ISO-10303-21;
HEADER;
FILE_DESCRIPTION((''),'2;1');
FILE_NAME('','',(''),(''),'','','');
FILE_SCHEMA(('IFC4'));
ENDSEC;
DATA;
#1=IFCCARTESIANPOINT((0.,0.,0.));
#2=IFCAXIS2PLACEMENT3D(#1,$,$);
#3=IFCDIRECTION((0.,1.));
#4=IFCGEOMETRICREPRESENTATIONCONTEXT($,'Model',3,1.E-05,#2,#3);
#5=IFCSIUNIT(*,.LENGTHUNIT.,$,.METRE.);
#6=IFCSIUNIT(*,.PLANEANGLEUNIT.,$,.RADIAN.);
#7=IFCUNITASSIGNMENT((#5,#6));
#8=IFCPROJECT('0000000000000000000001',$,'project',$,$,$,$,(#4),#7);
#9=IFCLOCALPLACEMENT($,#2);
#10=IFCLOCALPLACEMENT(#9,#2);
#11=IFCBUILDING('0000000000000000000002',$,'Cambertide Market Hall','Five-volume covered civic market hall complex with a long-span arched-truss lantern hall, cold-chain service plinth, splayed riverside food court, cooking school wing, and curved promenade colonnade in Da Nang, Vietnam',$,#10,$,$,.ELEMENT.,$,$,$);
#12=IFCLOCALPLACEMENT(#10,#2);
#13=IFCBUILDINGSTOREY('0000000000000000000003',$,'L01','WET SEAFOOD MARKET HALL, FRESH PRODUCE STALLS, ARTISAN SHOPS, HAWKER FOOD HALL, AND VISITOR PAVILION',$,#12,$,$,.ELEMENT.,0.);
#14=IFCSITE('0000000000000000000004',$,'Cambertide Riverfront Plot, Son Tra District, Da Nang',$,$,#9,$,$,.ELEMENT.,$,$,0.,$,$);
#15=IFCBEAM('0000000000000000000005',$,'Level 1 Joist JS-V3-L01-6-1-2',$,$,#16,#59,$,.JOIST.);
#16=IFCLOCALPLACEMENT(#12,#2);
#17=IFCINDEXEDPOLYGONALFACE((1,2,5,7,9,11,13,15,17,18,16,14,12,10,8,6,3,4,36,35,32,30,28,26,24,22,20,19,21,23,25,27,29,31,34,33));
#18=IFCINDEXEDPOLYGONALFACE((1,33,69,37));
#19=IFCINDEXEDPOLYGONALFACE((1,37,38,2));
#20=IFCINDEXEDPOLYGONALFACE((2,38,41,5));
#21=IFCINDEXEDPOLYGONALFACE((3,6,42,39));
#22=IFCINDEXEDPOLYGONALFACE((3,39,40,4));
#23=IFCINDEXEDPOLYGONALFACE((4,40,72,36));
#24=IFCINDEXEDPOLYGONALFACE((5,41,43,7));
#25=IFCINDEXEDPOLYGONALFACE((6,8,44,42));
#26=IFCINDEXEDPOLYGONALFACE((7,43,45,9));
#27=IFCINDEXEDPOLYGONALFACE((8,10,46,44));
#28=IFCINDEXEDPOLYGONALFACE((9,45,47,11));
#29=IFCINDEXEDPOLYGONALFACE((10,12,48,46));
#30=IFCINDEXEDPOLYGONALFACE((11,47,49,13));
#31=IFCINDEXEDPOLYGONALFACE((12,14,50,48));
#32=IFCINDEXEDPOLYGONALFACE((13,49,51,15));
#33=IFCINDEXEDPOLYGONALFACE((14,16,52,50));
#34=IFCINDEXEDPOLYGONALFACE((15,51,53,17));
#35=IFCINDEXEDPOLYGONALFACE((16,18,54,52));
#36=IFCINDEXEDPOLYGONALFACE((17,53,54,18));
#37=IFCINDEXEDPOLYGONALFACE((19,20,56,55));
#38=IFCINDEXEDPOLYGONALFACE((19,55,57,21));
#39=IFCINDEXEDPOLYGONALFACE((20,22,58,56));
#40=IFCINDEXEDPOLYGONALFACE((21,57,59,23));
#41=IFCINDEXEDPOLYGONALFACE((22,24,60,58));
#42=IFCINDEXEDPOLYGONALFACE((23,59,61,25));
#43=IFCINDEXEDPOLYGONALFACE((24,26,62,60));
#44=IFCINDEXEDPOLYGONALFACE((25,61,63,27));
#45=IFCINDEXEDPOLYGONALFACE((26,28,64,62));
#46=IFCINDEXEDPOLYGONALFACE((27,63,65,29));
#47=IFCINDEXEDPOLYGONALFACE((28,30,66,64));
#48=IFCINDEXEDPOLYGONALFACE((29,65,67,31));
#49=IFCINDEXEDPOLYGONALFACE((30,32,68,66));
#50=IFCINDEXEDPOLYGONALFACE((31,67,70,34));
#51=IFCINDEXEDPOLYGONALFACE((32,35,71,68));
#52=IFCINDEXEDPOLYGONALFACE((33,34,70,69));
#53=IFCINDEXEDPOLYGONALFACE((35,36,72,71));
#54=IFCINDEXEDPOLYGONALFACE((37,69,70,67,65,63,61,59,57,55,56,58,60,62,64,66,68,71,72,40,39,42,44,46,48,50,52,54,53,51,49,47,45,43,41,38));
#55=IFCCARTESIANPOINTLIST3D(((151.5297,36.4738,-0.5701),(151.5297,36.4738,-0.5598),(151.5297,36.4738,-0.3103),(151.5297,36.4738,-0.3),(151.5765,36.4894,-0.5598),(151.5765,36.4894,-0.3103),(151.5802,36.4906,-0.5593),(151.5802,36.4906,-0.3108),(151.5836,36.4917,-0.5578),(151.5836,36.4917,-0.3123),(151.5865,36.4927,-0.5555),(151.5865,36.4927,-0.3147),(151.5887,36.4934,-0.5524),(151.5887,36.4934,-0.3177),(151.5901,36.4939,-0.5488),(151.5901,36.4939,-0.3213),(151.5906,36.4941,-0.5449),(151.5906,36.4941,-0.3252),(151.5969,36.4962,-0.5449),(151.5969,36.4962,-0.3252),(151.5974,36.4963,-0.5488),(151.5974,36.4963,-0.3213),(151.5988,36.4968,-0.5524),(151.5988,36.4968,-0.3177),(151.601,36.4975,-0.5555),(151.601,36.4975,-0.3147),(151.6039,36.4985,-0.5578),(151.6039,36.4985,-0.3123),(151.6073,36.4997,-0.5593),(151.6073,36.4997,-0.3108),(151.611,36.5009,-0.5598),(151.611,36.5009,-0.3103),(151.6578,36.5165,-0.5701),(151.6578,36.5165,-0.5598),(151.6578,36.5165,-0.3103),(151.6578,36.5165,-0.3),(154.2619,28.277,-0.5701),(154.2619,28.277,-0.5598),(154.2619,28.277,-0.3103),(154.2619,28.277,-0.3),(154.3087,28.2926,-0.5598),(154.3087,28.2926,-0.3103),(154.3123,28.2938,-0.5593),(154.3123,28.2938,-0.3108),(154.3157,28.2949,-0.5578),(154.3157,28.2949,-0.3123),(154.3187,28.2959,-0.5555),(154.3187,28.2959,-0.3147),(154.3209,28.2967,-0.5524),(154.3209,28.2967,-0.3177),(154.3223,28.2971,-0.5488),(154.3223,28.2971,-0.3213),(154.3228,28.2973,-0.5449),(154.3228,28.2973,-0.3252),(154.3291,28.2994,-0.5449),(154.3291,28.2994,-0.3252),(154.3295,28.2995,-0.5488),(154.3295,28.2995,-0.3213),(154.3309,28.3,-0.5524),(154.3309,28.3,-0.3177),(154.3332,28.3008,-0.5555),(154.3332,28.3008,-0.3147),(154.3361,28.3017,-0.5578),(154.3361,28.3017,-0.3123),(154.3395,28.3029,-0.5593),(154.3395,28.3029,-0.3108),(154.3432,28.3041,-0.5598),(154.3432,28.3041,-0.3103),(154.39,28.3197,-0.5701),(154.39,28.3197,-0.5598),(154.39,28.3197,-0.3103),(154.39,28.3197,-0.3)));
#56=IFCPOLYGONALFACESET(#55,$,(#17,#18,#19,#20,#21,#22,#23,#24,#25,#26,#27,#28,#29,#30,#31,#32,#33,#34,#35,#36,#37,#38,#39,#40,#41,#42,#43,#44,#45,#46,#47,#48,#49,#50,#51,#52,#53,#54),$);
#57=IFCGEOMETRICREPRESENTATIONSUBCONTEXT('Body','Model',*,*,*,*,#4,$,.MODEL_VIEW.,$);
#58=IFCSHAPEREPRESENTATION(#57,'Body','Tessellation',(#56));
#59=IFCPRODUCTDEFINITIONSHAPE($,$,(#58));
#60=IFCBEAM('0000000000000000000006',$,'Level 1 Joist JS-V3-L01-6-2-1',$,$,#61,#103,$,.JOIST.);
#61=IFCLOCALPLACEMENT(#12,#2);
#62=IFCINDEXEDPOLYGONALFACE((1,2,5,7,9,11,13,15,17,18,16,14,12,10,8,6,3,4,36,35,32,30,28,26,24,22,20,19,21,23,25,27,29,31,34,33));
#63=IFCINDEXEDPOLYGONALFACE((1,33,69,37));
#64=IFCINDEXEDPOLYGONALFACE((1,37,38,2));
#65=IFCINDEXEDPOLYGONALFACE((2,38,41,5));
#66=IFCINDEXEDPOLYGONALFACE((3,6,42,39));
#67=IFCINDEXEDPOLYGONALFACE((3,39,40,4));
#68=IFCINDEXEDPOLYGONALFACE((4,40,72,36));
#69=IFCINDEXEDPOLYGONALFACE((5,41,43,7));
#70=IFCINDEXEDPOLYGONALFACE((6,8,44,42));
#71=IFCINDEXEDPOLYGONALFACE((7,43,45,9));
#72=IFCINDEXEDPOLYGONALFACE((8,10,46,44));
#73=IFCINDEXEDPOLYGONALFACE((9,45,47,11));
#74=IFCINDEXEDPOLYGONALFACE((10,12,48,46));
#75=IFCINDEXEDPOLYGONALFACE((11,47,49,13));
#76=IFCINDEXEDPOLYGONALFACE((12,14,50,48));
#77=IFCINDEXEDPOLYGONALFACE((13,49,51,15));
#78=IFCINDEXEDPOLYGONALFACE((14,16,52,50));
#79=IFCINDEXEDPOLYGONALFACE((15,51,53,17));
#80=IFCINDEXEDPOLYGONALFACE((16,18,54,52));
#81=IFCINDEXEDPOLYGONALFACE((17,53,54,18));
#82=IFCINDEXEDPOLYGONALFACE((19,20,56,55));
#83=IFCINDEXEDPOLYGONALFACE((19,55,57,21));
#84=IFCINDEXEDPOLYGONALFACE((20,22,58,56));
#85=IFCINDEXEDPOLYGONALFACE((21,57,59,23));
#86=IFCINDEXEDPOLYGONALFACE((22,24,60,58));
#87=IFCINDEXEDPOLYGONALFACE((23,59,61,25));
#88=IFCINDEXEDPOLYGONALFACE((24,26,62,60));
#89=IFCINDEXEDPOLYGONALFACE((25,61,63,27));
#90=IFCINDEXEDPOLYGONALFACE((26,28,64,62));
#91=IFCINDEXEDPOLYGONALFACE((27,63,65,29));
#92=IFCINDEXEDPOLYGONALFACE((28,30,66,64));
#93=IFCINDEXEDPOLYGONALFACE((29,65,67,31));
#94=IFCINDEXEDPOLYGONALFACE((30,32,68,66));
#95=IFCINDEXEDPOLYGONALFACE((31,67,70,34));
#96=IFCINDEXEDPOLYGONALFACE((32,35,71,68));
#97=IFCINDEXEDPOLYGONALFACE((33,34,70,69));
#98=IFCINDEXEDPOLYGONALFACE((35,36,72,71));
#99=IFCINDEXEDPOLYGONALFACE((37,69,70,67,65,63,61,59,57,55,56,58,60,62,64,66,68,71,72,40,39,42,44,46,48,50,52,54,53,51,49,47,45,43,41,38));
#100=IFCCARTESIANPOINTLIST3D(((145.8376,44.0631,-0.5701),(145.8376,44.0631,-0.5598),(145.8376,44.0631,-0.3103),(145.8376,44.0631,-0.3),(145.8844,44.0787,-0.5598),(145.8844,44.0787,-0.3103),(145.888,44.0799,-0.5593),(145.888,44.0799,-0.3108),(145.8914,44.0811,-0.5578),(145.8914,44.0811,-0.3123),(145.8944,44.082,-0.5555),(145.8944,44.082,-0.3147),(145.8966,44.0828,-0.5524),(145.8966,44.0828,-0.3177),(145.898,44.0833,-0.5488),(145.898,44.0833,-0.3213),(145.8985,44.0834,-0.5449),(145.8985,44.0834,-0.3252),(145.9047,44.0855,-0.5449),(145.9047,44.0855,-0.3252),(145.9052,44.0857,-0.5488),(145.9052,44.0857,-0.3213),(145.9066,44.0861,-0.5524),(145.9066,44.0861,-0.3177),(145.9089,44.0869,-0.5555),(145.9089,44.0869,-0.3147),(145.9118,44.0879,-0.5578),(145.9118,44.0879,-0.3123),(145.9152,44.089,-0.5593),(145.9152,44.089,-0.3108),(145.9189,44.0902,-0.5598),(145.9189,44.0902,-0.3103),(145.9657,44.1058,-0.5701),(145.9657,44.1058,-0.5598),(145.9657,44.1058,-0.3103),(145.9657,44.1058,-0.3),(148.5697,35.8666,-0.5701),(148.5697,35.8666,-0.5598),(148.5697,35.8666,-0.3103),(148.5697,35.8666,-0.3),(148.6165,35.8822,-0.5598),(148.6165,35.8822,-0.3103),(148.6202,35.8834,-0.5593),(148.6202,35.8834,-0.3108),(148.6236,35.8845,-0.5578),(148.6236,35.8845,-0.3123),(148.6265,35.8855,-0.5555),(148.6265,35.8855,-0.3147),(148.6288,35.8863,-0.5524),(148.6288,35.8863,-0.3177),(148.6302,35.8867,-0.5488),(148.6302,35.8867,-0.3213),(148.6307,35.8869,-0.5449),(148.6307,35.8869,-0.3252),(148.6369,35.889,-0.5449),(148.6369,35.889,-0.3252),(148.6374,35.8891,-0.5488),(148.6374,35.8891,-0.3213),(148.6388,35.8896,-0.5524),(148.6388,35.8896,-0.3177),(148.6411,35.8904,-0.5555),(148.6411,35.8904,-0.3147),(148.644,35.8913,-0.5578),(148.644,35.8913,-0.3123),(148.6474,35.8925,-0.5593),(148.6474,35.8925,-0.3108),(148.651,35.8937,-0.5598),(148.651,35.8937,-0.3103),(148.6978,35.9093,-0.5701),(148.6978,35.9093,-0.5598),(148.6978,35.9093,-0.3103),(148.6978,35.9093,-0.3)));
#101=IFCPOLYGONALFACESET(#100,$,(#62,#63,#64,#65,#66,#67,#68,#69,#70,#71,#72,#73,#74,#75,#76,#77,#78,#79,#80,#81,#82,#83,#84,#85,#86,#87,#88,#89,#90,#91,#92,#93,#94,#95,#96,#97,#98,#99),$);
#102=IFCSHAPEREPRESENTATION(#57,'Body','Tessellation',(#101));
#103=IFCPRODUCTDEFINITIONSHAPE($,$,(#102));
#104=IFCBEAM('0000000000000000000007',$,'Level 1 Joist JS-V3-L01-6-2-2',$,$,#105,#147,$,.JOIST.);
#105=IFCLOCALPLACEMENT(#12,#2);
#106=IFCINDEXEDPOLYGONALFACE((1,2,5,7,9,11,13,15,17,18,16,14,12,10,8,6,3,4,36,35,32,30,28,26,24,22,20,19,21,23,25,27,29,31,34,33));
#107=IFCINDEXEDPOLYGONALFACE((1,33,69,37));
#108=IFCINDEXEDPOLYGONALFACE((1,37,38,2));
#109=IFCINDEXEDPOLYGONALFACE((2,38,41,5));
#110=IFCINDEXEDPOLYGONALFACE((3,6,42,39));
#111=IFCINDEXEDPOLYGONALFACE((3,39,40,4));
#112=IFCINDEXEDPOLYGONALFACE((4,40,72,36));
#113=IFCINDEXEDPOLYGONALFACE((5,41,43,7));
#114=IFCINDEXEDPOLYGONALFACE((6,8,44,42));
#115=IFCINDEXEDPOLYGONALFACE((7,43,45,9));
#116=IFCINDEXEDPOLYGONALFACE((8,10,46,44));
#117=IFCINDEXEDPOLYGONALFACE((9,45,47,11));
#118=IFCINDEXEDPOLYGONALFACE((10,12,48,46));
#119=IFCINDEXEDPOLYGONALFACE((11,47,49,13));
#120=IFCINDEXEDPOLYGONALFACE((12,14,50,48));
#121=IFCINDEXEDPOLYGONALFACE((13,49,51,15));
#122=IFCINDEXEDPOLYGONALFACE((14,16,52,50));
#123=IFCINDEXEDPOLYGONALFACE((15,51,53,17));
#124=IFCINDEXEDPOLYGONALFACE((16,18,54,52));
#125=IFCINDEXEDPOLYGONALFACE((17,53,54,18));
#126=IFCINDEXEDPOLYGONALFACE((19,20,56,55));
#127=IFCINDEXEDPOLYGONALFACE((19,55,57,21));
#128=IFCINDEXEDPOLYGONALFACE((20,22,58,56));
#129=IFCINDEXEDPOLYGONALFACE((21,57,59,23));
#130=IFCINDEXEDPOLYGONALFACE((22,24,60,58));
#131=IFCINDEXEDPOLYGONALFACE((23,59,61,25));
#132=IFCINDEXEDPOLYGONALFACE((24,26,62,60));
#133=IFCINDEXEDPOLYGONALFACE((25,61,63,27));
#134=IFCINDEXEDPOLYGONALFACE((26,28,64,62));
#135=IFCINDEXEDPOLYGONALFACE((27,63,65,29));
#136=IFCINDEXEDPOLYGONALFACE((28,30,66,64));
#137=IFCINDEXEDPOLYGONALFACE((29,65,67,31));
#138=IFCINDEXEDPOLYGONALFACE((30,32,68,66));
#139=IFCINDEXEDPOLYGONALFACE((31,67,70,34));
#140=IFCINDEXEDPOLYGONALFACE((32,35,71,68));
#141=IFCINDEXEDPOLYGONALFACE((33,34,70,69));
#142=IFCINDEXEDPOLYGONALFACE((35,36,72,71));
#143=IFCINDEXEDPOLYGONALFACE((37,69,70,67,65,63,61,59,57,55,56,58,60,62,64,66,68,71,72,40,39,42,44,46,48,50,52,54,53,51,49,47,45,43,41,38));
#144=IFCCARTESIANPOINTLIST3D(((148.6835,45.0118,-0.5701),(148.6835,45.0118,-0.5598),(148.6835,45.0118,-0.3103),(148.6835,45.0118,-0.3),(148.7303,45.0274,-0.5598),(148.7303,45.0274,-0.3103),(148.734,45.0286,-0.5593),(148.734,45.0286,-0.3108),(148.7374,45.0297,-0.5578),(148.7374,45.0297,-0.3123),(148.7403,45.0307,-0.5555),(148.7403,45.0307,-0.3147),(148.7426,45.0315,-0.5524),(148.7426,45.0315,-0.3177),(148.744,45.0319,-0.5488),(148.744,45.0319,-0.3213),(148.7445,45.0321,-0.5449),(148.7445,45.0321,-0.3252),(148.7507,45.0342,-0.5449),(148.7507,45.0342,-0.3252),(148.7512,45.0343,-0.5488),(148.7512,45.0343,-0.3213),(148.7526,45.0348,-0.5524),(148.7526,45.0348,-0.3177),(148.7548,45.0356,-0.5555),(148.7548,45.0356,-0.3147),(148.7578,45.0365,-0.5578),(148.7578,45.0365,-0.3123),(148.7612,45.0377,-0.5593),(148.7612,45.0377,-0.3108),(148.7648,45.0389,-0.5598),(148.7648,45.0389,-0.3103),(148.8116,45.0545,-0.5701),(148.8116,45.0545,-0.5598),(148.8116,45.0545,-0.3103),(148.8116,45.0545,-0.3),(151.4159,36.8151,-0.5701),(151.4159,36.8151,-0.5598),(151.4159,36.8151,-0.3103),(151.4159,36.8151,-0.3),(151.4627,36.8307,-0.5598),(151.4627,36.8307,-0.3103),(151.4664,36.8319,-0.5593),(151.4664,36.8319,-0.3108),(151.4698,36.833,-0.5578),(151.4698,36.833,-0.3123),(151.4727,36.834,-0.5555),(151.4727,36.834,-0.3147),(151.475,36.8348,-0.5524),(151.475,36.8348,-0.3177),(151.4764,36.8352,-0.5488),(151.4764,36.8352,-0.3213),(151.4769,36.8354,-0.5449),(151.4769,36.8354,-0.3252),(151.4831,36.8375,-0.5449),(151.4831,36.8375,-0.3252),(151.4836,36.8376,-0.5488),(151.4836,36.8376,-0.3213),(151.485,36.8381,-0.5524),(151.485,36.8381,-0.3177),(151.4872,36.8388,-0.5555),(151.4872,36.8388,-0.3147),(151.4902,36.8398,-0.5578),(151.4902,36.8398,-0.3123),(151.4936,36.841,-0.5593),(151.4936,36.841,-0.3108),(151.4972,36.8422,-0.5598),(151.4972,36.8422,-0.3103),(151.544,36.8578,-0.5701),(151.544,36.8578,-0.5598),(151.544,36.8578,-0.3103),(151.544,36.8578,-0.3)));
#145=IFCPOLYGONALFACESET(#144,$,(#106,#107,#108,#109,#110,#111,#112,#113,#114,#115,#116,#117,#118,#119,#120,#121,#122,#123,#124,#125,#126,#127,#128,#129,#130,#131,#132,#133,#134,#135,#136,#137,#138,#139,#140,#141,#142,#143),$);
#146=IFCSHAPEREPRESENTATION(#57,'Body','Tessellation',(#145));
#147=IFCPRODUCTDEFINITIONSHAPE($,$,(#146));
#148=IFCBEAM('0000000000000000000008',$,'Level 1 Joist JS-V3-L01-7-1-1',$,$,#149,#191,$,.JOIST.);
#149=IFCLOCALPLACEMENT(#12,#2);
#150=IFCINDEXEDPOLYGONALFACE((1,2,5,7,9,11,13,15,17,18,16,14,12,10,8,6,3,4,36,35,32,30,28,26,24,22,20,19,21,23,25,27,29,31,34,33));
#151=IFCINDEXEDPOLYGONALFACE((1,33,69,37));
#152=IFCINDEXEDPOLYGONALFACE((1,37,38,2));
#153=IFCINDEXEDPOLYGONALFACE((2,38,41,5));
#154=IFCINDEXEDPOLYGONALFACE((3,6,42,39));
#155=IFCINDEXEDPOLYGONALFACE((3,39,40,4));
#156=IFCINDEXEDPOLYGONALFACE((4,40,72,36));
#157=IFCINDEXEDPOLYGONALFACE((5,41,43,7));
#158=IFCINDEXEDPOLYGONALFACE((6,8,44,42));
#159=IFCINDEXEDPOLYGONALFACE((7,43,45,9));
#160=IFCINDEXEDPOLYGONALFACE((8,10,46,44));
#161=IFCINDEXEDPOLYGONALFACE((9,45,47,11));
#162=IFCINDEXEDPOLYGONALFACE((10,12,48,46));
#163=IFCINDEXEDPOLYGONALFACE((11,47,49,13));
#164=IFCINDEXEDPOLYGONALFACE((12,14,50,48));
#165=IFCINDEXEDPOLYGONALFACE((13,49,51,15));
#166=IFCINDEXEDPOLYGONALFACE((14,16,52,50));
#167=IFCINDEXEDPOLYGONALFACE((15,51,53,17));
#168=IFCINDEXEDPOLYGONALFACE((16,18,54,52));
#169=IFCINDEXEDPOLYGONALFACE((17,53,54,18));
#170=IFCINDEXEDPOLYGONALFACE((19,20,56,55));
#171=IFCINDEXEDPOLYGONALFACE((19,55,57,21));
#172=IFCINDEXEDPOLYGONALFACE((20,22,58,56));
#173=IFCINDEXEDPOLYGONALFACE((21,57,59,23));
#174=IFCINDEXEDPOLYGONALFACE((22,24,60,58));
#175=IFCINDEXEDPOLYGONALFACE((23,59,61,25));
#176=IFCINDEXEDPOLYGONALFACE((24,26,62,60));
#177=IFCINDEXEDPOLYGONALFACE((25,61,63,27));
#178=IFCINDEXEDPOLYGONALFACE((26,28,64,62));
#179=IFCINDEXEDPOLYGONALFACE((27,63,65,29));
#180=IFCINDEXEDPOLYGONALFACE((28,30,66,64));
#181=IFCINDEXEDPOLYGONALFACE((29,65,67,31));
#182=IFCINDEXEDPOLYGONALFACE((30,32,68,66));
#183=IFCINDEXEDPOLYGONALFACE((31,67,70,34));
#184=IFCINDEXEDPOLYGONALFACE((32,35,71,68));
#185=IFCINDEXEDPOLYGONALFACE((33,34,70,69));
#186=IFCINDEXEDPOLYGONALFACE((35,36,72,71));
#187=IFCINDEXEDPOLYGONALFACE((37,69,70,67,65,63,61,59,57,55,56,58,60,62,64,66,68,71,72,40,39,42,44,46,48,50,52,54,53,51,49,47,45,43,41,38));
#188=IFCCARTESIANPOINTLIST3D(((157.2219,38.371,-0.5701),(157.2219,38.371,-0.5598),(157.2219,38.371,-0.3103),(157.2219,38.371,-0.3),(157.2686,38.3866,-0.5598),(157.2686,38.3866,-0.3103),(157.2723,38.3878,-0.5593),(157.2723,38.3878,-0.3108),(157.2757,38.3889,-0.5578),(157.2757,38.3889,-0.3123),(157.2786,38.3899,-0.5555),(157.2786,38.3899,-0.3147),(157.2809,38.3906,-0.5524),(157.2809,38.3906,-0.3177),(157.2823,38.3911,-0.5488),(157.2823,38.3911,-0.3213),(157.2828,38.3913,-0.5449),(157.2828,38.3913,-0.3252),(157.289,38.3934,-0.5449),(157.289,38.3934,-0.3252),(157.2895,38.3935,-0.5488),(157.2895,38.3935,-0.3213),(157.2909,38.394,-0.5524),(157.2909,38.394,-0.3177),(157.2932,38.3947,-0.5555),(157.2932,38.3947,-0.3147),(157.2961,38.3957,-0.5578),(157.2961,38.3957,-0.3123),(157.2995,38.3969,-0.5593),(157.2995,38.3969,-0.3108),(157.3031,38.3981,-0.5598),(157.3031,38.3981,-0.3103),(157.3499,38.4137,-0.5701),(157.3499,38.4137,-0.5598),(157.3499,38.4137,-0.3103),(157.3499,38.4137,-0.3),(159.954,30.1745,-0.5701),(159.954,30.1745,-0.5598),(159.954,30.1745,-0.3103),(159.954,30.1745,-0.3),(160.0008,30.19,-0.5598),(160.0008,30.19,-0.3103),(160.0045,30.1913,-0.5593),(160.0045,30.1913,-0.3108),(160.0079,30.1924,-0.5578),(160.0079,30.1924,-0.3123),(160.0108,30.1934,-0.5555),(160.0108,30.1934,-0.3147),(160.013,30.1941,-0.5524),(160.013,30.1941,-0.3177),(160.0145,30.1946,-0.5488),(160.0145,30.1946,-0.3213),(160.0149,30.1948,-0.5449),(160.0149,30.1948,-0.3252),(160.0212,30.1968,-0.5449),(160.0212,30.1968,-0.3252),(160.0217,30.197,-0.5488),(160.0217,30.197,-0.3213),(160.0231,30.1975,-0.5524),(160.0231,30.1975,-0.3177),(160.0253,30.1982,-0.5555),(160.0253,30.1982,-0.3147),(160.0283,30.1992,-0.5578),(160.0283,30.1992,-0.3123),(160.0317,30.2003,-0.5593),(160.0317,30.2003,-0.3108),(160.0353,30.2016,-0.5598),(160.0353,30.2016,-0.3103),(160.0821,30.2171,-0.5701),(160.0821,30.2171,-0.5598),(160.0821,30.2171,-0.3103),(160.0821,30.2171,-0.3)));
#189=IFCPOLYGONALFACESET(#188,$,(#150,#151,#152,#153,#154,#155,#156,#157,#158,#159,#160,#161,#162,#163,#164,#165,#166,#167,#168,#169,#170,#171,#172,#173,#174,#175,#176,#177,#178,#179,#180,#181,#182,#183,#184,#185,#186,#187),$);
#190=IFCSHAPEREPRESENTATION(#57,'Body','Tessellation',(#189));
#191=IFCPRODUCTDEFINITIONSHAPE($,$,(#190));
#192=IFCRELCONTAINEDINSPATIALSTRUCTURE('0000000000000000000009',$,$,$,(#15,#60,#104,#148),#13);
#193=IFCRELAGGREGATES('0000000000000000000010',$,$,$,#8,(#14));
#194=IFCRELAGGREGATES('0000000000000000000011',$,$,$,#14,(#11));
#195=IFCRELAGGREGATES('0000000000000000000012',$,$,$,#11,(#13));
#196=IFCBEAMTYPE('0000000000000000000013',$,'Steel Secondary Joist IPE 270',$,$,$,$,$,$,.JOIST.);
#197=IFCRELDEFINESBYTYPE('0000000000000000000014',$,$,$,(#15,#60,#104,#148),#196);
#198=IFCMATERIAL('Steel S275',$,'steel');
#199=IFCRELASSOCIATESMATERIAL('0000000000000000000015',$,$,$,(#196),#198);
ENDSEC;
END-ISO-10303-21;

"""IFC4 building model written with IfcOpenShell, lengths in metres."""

from ifc_helpers import new_model, si_unit, direction, frame, origin, origin_2d, place, context, subcontext, project, spatial, i_section, extrude, material, material_profile, profile_set, type_object, element, save


model = new_model("IFC4")

# Units and contexts
model_context = context("Model", 3, precision=1e-05, world=origin(), true_north=direction((0.0, 1.0)))
body_context = subcontext(model_context, "Body", "Model", "MODEL_VIEW")
ifc_project = project(units=[si_unit("LENGTHUNIT", "METRE"), si_unit("PLANEANGLEUNIT", "RADIAN")], contexts=[model_context])

# Site, building, storey
site_placement = place(None, origin())
site = spatial("IfcSite", under=ifc_project, at=site_placement, Name="Cambertide Riverfront Plot, Son Tra District, Da Nang", CompositionType="ELEMENT", RefElevation=0.0)
building_placement = place(site_placement, origin())
building = spatial("IfcBuilding", under=site, at=building_placement, Name="Cambertide Market Hall", Description="Five-volume covered civic market hall complex with a long-span arched-truss lantern hall, cold-chain service plinth, splayed riverside food court, cooking school wing, and curved promenade colonnade in Da Nang, Vietnam", CompositionType="ELEMENT")
storey_placement = place(building_placement, origin())
storey = spatial("IfcBuildingStorey", under=building, at=storey_placement, Name="L01", Description="WET SEAFOOD MARKET HALL, FRESH PRODUCE STALLS, ARTISAN SHOPS, HAWKER FOOD HALL, AND VISITOR PAVILION", CompositionType="ELEMENT", Elevation=0.0)

# Beams
ifc_material_1 = material(Name="Steel S275", Category="steel")
ifc_material_profile_1 = material_profile(ifc_material_1, i_section(OverallWidth=0.135, OverallDepth=0.27, WebThickness=0.0066, FlangeThickness=0.0103, FilletRadius=0.0149, at=origin_2d()), Name="IPE 270")
ifc_profile_set_1 = profile_set([ifc_material_profile_1], Name="Steel S275")
beam_type_1 = type_object("IfcBeamType", Name="Steel Secondary Joist IPE 270", PredefinedType="JOIST", material=ifc_profile_set_1)
for number, where, z_axis, x_axis, name in (
    (1, (154.3259, 28.2983, -0.4351), (-0.316219, 0.948686, 0.0), (-0.948686, -0.316219, 0.0), "Level 1 Joist JS-V3-L01-6-1-2"),
):
    element("IfcBeam", number, at=place(storey_placement, frame(where, z_axis=z_axis, x_axis=x_axis)), inside=storey, type_object=beam_type_1, Name=name, PredefinedType="JOIST", context=body_context, shape_type="SweptSolid", body=[
        extrude(i_section(OverallWidth=0.135, OverallDepth=0.27, WebThickness=0.0066, FlangeThickness=0.0103, FilletRadius=0.0149, at=origin_2d()), origin(), (0.0, 0.0, 1.0), 8.6401),
    ])
beam_1_placement = place(storey_placement, frame((148.6338, 35.8879, -0.4351), z_axis=(-0.316228, 0.948683, 0.0), x_axis=(-0.948683, -0.316228, 0.0)))
element("IfcBeam", 2, at=beam_1_placement, inside=storey, type_object=beam_type_1, Name="Level 1 Joist JS-V3-L01-6-2-1", PredefinedType="JOIST", context=body_context, shape_type="SweptSolid", body=[
    extrude(i_section(OverallWidth=0.135, OverallDepth=0.27, WebThickness=0.0066, FlangeThickness=0.0103, FilletRadius=0.0149, at=origin_2d()), origin(), (0.0, 0.0, 1.0), 8.6399),
])
beam_2_placement = place(storey_placement, frame((151.48, 36.8364, -0.4351), z_axis=(-0.316245, 0.948678, 0.0), x_axis=(-0.948678, -0.316245, 0.0)))
element("IfcBeam", 3, at=beam_2_placement, inside=storey, type_object=beam_type_1, Name="Level 1 Joist JS-V3-L01-6-2-2", PredefinedType="JOIST", context=body_context, shape_type="SweptSolid", body=[
    extrude(i_section(OverallWidth=0.135, OverallDepth=0.27, WebThickness=0.0066, FlangeThickness=0.0103, FilletRadius=0.0149, at=origin_2d()), origin(), (0.0, 0.0, 1.0), 8.6401),
])
for number, where, z_axis, x_axis, name in (
    (4, (160.0181, 30.1958, -0.4351), (-0.316228, 0.948683, 0.0), (-0.948683, -0.316228, 0.0), "Level 1 Joist JS-V3-L01-7-1-1"),
):
    element("IfcBeam", number, at=place(storey_placement, frame(where, z_axis=z_axis, x_axis=x_axis)), inside=storey, type_object=beam_type_1, Name=name, PredefinedType="JOIST", context=body_context, shape_type="SweptSolid", body=[
        extrude(i_section(OverallWidth=0.135, OverallDepth=0.27, WebThickness=0.0066, FlangeThickness=0.0103, FilletRadius=0.0149, at=origin_2d()), origin(), (0.0, 0.0, 1.0), 8.6399),
    ])

save(model, "model.ifc")
